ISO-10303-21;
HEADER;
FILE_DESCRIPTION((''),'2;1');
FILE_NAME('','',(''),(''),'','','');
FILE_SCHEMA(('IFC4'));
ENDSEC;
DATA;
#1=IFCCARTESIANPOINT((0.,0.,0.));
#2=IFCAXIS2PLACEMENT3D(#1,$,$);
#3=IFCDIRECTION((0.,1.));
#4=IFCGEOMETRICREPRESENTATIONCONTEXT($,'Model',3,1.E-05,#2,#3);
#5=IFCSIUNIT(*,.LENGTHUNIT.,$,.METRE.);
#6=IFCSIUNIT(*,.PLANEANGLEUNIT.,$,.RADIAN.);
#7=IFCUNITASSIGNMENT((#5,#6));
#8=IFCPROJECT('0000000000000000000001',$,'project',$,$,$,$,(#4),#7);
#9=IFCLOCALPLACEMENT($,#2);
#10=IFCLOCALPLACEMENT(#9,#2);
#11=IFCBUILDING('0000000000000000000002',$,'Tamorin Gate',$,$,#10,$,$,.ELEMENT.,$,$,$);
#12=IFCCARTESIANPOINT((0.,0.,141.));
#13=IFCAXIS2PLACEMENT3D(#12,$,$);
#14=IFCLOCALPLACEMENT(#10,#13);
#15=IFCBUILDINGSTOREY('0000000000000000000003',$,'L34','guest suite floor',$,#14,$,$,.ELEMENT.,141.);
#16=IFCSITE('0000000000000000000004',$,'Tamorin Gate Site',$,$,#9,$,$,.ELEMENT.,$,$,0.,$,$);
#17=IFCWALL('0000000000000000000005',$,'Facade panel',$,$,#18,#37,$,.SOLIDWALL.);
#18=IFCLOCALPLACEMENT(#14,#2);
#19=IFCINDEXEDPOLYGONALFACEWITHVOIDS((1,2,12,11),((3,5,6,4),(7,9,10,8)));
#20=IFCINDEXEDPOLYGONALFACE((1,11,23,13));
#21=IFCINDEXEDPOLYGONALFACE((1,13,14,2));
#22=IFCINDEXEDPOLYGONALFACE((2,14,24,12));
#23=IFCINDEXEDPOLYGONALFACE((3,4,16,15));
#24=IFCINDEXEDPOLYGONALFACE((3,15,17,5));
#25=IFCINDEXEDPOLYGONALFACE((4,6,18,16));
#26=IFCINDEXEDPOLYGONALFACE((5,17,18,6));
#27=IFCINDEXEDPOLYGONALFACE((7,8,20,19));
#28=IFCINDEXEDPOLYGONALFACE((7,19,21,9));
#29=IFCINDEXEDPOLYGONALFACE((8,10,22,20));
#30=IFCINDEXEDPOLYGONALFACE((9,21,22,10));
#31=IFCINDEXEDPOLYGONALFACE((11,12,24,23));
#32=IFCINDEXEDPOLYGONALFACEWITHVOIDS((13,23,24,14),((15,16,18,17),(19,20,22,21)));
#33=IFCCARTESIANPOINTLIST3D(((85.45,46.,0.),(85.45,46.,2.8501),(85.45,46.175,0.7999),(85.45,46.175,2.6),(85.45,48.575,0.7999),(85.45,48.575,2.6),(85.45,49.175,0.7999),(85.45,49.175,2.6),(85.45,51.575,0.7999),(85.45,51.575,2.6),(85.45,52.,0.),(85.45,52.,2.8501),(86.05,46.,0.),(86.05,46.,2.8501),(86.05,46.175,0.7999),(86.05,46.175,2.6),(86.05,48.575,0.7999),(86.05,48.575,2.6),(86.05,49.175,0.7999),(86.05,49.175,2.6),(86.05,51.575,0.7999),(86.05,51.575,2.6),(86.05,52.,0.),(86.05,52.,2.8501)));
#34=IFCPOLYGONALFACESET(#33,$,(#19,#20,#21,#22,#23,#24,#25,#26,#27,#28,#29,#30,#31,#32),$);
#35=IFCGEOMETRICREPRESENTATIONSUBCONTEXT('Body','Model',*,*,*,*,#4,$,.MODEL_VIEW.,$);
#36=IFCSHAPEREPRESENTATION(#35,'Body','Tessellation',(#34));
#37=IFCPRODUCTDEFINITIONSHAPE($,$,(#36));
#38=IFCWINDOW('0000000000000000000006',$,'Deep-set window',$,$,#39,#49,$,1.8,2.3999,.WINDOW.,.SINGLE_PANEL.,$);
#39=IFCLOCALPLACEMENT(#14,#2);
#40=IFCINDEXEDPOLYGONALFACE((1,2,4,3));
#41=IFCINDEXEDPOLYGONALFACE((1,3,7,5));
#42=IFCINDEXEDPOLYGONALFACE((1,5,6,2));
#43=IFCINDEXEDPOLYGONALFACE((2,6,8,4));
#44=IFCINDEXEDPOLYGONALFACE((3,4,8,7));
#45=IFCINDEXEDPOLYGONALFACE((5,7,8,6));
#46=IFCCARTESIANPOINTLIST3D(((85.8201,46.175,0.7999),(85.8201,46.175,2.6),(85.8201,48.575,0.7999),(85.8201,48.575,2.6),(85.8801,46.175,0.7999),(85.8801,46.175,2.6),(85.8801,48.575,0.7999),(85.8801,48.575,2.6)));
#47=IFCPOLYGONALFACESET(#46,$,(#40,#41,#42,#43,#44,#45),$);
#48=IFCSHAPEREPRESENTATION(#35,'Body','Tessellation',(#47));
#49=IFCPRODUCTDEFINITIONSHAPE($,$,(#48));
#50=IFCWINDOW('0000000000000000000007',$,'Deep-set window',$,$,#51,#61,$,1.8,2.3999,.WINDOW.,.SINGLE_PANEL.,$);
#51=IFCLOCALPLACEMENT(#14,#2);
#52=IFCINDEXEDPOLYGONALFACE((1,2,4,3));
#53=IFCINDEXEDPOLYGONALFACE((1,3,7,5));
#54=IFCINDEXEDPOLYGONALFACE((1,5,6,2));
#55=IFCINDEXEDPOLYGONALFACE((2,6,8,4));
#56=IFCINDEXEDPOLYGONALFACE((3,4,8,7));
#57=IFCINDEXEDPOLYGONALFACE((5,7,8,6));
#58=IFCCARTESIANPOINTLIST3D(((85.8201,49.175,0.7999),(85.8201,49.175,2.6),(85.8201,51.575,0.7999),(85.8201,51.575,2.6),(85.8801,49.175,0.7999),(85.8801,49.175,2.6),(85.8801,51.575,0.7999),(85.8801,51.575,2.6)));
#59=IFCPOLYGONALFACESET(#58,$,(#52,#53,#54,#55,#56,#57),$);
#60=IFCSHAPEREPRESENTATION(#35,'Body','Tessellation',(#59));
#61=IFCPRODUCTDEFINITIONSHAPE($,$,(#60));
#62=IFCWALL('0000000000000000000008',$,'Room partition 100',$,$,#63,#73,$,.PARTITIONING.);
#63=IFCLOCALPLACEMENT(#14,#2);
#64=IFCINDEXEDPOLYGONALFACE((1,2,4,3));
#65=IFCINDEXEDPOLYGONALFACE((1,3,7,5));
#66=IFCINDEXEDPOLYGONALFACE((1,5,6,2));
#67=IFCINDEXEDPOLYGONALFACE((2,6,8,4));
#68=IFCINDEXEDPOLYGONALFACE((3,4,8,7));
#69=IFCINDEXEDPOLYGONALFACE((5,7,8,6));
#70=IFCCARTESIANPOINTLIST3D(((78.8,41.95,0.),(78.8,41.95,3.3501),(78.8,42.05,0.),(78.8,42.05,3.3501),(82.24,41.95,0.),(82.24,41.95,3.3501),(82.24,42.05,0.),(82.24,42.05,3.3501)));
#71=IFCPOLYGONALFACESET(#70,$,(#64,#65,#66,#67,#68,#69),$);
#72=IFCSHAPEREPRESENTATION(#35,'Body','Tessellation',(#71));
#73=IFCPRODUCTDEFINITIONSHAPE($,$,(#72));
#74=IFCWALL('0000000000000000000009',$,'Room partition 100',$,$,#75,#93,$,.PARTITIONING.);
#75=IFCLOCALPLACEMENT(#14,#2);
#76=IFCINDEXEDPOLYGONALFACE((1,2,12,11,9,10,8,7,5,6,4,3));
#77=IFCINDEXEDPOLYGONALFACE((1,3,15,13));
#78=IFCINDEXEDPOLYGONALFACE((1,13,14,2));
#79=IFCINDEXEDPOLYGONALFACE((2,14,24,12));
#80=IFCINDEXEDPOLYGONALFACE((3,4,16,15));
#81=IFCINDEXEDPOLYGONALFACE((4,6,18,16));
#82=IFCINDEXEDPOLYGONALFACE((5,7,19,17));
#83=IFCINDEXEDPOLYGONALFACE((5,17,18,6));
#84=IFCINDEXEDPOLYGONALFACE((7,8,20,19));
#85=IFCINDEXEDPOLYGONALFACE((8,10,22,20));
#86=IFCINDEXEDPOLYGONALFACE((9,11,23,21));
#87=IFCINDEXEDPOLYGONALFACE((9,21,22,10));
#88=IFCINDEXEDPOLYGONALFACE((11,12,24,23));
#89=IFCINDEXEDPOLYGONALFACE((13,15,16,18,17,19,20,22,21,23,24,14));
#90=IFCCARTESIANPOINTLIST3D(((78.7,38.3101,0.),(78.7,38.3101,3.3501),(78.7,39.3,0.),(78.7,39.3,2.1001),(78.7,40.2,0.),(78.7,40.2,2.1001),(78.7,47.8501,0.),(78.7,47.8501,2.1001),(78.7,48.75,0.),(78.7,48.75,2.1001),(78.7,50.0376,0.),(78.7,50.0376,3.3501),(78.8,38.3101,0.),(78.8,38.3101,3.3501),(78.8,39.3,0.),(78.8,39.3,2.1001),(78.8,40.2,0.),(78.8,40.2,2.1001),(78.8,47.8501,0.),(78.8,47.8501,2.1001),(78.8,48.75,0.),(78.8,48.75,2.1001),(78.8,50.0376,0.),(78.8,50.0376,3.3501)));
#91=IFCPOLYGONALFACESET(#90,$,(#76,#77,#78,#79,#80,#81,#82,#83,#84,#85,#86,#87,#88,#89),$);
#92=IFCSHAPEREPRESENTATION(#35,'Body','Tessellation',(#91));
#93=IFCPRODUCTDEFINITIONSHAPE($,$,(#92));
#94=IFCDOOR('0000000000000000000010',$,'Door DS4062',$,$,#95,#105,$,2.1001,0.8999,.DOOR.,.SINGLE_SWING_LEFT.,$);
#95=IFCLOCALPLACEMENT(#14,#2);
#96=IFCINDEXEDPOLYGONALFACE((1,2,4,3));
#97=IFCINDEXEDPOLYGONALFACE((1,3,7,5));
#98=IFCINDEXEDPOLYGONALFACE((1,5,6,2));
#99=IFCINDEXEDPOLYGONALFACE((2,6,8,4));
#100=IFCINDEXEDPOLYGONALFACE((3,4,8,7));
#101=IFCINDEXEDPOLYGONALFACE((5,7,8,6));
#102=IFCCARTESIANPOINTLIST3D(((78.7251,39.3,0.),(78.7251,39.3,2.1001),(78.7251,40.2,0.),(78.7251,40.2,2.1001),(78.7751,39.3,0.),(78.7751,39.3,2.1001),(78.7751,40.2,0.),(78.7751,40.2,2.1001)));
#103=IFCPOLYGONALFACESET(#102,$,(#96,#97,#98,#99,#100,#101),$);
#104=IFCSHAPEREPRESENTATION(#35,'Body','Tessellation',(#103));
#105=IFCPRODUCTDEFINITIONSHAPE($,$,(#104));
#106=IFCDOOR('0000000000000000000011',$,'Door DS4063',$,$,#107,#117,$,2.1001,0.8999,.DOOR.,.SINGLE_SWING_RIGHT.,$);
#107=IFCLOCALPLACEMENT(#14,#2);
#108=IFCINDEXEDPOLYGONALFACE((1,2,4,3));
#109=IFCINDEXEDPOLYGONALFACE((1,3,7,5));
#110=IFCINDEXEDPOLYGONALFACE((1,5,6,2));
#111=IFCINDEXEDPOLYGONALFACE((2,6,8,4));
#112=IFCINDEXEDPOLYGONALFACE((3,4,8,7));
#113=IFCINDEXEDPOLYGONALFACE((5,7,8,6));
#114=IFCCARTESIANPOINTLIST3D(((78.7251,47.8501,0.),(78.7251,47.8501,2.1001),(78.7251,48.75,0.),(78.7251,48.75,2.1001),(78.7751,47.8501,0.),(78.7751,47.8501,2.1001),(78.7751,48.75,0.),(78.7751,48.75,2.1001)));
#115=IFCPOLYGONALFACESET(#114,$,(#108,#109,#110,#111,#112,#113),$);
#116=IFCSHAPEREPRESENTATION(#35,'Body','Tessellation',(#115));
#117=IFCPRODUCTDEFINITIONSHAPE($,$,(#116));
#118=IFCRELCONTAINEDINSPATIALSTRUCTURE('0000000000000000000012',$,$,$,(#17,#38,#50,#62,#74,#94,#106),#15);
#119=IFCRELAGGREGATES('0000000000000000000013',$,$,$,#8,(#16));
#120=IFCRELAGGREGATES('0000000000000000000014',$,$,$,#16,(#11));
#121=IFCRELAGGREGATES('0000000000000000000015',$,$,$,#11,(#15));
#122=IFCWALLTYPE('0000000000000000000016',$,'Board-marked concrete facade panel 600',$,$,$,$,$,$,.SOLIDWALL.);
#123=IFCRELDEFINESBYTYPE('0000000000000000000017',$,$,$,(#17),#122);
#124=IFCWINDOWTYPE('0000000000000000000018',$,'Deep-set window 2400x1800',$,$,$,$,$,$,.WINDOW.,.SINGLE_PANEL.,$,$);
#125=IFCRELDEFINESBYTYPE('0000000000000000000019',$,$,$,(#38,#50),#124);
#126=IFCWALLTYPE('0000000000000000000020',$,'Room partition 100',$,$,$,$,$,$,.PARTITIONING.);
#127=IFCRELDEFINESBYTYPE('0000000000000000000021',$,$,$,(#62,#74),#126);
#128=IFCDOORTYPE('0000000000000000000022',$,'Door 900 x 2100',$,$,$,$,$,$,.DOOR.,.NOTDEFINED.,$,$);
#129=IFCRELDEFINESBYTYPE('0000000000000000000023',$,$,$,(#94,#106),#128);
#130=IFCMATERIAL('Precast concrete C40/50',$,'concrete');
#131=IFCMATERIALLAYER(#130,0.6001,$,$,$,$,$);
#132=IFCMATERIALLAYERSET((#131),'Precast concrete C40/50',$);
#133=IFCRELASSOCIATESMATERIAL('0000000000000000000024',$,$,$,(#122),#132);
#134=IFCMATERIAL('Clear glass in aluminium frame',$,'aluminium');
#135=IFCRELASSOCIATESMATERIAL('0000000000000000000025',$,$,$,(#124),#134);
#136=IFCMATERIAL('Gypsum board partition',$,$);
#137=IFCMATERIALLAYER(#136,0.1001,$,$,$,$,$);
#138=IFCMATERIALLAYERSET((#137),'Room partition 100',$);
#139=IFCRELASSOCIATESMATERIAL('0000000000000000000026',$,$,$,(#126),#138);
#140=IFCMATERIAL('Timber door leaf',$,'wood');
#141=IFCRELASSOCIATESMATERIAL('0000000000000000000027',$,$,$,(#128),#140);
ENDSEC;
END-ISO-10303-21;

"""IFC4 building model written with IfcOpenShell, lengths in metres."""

from ifc_helpers import new_model, si_unit, direction, frame, frame_2d, origin, place, context, subcontext, project, spatial, rectangle, extrude, material, layer, layer_set, type_object, element, fill, save


model = new_model("IFC4")

# Units and contexts
model_context = context("Model", 3, precision=1e-05, world=origin(), true_north=direction((0.0, 1.0)))
body_context = subcontext(model_context, "Body", "Model", "MODEL_VIEW")
ifc_project = project(units=[si_unit("LENGTHUNIT", "METRE"), si_unit("PLANEANGLEUNIT", "RADIAN")], contexts=[model_context])

# Site, building, storey
site_placement = place(None, origin())
site = spatial("IfcSite", under=ifc_project, at=site_placement, Name="Tamorin Gate Site", CompositionType="ELEMENT", RefElevation=0.0)
building_placement = place(site_placement, origin())
building = spatial("IfcBuilding", under=site, at=building_placement, Name="Tamorin Gate", CompositionType="ELEMENT")
storey_placement = place(building_placement, frame((0.0, 0.0, 141.0)))
storey = spatial("IfcBuildingStorey", under=building, at=storey_placement, Name="L34", Description="guest suite floor", CompositionType="ELEMENT", Elevation=141.0)

# Shared definitions
ifc_material_1 = material(Name="Precast concrete C40/50", Category="concrete")
ifc_layer_1 = layer(ifc_material_1, 0.6001)
ifc_layer_set_1 = layer_set([ifc_layer_1], Name="Precast concrete C40/50")
wall_type_1 = type_object("IfcWallType", Name="Board-marked concrete facade panel 600", PredefinedType="SOLIDWALL", material=ifc_layer_set_1)
ifc_material_2 = material(Name="Clear glass in aluminium frame", Category="aluminium")
window_type_1 = type_object("IfcWindowType", Name="Deep-set window 2400x1800", PartitioningType="SINGLE_PANEL", PredefinedType="WINDOW", material=ifc_material_2)

# Wall, openings, windows
wall_1_placement = place(storey_placement, frame((85.75, 46.0, 0.0), z_axis=(0.0, 0.0, 1.0), x_axis=(0.0, 1.0, 0.0)))
wall_1 = element("IfcWall", 1, at=wall_1_placement, inside=storey, type_object=wall_type_1, Name="Facade panel", PredefinedType="SOLIDWALL", context=body_context, shape_type="SweptSolid", body=[
    extrude(rectangle(XDim=6.0, YDim=0.6001, at=frame_2d((3.0, 0.0))), origin(), (0.0, 0.0, 1.0), 2.8501),
])
opening_1_placement = place(wall_1_placement, frame((0.175, 0.0, 0.8)))
opening_1 = element("IfcOpeningElement", 2, at=opening_1_placement, cuts=wall_1, PredefinedType="OPENING", context=body_context, shape_type="SweptSolid", body=[
    extrude(rectangle(XDim=2.3999, YDim=1.8, at=frame_2d((1.2, 0.8999))), frame((0.0, 0.3101, 0.0), z_axis=(0.0, -1.0, 0.0), x_axis=(1.0, 0.0, 0.0)), (0.0, 0.0, 1.0), 0.6201),
])
opening_2_placement = place(wall_1_placement, frame((3.175, 0.0, 0.8)))
opening_2 = element("IfcOpeningElement", 3, at=opening_2_placement, cuts=wall_1, PredefinedType="OPENING", context=body_context, shape_type="SweptSolid", body=[
    extrude(rectangle(XDim=2.3999, YDim=1.8, at=frame_2d((1.2, 0.8999))), frame((0.0, 0.3101, 0.0), z_axis=(0.0, -1.0, 0.0), x_axis=(1.0, 0.0, 0.0)), (0.0, 0.0, 1.0), 0.6201),
])
window_1_placement = place(opening_1_placement, origin())
window_1 = element("IfcWindow", 4, at=window_1_placement, inside=storey, type_object=window_type_1, Name="Deep-set window", OverallHeight=1.8, OverallWidth=2.3999, PartitioningType="SINGLE_PANEL", PredefinedType="WINDOW", context=body_context, shape_type="SweptSolid", body=[
    extrude(rectangle(XDim=2.3999, YDim=1.8, at=frame_2d((1.2, 0.8999))), frame((0.0, -0.0701, 0.0), z_axis=(0.0, -1.0, 0.0), x_axis=(1.0, 0.0, 0.0)), (0.0, 0.0, 1.0), 0.0601),
])
fill(opening_1, window_1)
window_2_placement = place(opening_2_placement, origin())
window_2 = element("IfcWindow", 5, at=window_2_placement, inside=storey, type_object=window_type_1, Name="Deep-set window", OverallHeight=1.8, OverallWidth=2.3999, PartitioningType="SINGLE_PANEL", PredefinedType="WINDOW", context=body_context, shape_type="SweptSolid", body=[
    extrude(rectangle(XDim=2.3999, YDim=1.8, at=frame_2d((1.2, 0.8999))), frame((0.0, -0.0701, 0.0), z_axis=(0.0, -1.0, 0.0), x_axis=(1.0, 0.0, 0.0)), (0.0, 0.0, 1.0), 0.0601),
])
fill(opening_2, window_2)

# Wall
ifc_material_3 = material(Name="Gypsum board partition")
ifc_layer_2 = layer(ifc_material_3, 0.1001)
ifc_layer_set_2 = layer_set([ifc_layer_2], Name="Room partition 100")
wall_type_2 = type_object("IfcWallType", Name="Room partition 100", PredefinedType="PARTITIONING", material=ifc_layer_set_2)
wall_2_placement = place(storey_placement, frame((78.8, 42.0, 0.0), z_axis=(0.0, 0.0, 1.0), x_axis=(1.0, 0.0, 0.0)))
element("IfcWall", 6, at=wall_2_placement, inside=storey, type_object=wall_type_2, Name="Room partition 100", PredefinedType="PARTITIONING", context=body_context, shape_type="SweptSolid", body=[
    extrude(rectangle(XDim=3.4399, YDim=0.1001, at=frame_2d((1.72, 0.0))), origin(), (0.0, 0.0, 1.0), 3.3501),
])

# Wall, openings, doors
wall_3_placement = place(storey_placement, frame((78.75, 38.3101, 0.0), z_axis=(0.0, 0.0, 1.0), x_axis=(0.0, 1.0, 0.0)))
wall_3 = element("IfcWall", 7, at=wall_3_placement, inside=storey, type_object=wall_type_2, Name="Room partition 100", PredefinedType="PARTITIONING", context=body_context, shape_type="SweptSolid", body=[
    extrude(rectangle(XDim=11.7275, YDim=0.1001, at=frame_2d((5.8638, 0.0))), origin(), (0.0, 0.0, 1.0), 3.3501),
])
opening_3_placement = place(wall_3_placement, frame((0.99, 0.0, 0.0)))
opening_3 = element("IfcOpeningElement", 8, at=opening_3_placement, cuts=wall_3, PredefinedType="OPENING", context=body_context, shape_type="SweptSolid", body=[
    extrude(rectangle(XDim=0.8999, YDim=2.1001, at=frame_2d((0.45, 1.05))), frame((0.0, 0.0601, 0.0), z_axis=(0.0, -1.0, 0.0), x_axis=(1.0, 0.0, 0.0)), (0.0, 0.0, 1.0), 0.1201),
])
opening_4_placement = place(wall_3_placement, frame((9.54, 0.0, 0.0)))
opening_4 = element("IfcOpeningElement", 9, at=opening_4_placement, cuts=wall_3, PredefinedType="OPENING", context=body_context, shape_type="SweptSolid", body=[
    extrude(rectangle(XDim=0.8999, YDim=2.1001, at=frame_2d((0.45, 1.05))), frame((0.0, 0.0601, 0.0), z_axis=(0.0, -1.0, 0.0), x_axis=(1.0, 0.0, 0.0)), (0.0, 0.0, 1.0), 0.1201),
])
ifc_material_4 = material(Name="Timber door leaf", Category="wood")
door_type = type_object("IfcDoorType", Name="Door 900 x 2100", OperationType="NOTDEFINED", PredefinedType="DOOR", material=ifc_material_4)
door_1_placement = place(opening_3_placement, origin())
door_1 = element("IfcDoor", 10, at=door_1_placement, inside=storey, type_object=door_type, Name="Door DS4062", OperationType="SINGLE_SWING_LEFT", OverallHeight=2.1001, OverallWidth=0.8999, PredefinedType="DOOR", context=body_context, shape_type="SweptSolid", body=[
    extrude(rectangle(XDim=0.8999, YDim=2.1001, at=frame_2d((0.45, 1.05))), frame((0.0, 0.0249, 0.0), z_axis=(0.0, -1.0, 0.0), x_axis=(1.0, 0.0, 0.0)), (0.0, 0.0, 1.0), 0.05),
])
fill(opening_3, door_1)
door_2_placement = place(opening_4_placement, origin())
door_2 = element("IfcDoor", 11, at=door_2_placement, inside=storey, type_object=door_type, Name="Door DS4063", OperationType="SINGLE_SWING_RIGHT", OverallHeight=2.1001, OverallWidth=0.8999, PredefinedType="DOOR", context=body_context, shape_type="SweptSolid", body=[
    extrude(rectangle(XDim=0.8999, YDim=2.1001, at=frame_2d((0.45, 1.05))), frame((0.0, 0.0249, 0.0), z_axis=(0.0, -1.0, 0.0), x_axis=(1.0, 0.0, 0.0)), (0.0, 0.0, 1.0), 0.05),
])
fill(opening_4, door_2)

save(model, "model.ifc")
